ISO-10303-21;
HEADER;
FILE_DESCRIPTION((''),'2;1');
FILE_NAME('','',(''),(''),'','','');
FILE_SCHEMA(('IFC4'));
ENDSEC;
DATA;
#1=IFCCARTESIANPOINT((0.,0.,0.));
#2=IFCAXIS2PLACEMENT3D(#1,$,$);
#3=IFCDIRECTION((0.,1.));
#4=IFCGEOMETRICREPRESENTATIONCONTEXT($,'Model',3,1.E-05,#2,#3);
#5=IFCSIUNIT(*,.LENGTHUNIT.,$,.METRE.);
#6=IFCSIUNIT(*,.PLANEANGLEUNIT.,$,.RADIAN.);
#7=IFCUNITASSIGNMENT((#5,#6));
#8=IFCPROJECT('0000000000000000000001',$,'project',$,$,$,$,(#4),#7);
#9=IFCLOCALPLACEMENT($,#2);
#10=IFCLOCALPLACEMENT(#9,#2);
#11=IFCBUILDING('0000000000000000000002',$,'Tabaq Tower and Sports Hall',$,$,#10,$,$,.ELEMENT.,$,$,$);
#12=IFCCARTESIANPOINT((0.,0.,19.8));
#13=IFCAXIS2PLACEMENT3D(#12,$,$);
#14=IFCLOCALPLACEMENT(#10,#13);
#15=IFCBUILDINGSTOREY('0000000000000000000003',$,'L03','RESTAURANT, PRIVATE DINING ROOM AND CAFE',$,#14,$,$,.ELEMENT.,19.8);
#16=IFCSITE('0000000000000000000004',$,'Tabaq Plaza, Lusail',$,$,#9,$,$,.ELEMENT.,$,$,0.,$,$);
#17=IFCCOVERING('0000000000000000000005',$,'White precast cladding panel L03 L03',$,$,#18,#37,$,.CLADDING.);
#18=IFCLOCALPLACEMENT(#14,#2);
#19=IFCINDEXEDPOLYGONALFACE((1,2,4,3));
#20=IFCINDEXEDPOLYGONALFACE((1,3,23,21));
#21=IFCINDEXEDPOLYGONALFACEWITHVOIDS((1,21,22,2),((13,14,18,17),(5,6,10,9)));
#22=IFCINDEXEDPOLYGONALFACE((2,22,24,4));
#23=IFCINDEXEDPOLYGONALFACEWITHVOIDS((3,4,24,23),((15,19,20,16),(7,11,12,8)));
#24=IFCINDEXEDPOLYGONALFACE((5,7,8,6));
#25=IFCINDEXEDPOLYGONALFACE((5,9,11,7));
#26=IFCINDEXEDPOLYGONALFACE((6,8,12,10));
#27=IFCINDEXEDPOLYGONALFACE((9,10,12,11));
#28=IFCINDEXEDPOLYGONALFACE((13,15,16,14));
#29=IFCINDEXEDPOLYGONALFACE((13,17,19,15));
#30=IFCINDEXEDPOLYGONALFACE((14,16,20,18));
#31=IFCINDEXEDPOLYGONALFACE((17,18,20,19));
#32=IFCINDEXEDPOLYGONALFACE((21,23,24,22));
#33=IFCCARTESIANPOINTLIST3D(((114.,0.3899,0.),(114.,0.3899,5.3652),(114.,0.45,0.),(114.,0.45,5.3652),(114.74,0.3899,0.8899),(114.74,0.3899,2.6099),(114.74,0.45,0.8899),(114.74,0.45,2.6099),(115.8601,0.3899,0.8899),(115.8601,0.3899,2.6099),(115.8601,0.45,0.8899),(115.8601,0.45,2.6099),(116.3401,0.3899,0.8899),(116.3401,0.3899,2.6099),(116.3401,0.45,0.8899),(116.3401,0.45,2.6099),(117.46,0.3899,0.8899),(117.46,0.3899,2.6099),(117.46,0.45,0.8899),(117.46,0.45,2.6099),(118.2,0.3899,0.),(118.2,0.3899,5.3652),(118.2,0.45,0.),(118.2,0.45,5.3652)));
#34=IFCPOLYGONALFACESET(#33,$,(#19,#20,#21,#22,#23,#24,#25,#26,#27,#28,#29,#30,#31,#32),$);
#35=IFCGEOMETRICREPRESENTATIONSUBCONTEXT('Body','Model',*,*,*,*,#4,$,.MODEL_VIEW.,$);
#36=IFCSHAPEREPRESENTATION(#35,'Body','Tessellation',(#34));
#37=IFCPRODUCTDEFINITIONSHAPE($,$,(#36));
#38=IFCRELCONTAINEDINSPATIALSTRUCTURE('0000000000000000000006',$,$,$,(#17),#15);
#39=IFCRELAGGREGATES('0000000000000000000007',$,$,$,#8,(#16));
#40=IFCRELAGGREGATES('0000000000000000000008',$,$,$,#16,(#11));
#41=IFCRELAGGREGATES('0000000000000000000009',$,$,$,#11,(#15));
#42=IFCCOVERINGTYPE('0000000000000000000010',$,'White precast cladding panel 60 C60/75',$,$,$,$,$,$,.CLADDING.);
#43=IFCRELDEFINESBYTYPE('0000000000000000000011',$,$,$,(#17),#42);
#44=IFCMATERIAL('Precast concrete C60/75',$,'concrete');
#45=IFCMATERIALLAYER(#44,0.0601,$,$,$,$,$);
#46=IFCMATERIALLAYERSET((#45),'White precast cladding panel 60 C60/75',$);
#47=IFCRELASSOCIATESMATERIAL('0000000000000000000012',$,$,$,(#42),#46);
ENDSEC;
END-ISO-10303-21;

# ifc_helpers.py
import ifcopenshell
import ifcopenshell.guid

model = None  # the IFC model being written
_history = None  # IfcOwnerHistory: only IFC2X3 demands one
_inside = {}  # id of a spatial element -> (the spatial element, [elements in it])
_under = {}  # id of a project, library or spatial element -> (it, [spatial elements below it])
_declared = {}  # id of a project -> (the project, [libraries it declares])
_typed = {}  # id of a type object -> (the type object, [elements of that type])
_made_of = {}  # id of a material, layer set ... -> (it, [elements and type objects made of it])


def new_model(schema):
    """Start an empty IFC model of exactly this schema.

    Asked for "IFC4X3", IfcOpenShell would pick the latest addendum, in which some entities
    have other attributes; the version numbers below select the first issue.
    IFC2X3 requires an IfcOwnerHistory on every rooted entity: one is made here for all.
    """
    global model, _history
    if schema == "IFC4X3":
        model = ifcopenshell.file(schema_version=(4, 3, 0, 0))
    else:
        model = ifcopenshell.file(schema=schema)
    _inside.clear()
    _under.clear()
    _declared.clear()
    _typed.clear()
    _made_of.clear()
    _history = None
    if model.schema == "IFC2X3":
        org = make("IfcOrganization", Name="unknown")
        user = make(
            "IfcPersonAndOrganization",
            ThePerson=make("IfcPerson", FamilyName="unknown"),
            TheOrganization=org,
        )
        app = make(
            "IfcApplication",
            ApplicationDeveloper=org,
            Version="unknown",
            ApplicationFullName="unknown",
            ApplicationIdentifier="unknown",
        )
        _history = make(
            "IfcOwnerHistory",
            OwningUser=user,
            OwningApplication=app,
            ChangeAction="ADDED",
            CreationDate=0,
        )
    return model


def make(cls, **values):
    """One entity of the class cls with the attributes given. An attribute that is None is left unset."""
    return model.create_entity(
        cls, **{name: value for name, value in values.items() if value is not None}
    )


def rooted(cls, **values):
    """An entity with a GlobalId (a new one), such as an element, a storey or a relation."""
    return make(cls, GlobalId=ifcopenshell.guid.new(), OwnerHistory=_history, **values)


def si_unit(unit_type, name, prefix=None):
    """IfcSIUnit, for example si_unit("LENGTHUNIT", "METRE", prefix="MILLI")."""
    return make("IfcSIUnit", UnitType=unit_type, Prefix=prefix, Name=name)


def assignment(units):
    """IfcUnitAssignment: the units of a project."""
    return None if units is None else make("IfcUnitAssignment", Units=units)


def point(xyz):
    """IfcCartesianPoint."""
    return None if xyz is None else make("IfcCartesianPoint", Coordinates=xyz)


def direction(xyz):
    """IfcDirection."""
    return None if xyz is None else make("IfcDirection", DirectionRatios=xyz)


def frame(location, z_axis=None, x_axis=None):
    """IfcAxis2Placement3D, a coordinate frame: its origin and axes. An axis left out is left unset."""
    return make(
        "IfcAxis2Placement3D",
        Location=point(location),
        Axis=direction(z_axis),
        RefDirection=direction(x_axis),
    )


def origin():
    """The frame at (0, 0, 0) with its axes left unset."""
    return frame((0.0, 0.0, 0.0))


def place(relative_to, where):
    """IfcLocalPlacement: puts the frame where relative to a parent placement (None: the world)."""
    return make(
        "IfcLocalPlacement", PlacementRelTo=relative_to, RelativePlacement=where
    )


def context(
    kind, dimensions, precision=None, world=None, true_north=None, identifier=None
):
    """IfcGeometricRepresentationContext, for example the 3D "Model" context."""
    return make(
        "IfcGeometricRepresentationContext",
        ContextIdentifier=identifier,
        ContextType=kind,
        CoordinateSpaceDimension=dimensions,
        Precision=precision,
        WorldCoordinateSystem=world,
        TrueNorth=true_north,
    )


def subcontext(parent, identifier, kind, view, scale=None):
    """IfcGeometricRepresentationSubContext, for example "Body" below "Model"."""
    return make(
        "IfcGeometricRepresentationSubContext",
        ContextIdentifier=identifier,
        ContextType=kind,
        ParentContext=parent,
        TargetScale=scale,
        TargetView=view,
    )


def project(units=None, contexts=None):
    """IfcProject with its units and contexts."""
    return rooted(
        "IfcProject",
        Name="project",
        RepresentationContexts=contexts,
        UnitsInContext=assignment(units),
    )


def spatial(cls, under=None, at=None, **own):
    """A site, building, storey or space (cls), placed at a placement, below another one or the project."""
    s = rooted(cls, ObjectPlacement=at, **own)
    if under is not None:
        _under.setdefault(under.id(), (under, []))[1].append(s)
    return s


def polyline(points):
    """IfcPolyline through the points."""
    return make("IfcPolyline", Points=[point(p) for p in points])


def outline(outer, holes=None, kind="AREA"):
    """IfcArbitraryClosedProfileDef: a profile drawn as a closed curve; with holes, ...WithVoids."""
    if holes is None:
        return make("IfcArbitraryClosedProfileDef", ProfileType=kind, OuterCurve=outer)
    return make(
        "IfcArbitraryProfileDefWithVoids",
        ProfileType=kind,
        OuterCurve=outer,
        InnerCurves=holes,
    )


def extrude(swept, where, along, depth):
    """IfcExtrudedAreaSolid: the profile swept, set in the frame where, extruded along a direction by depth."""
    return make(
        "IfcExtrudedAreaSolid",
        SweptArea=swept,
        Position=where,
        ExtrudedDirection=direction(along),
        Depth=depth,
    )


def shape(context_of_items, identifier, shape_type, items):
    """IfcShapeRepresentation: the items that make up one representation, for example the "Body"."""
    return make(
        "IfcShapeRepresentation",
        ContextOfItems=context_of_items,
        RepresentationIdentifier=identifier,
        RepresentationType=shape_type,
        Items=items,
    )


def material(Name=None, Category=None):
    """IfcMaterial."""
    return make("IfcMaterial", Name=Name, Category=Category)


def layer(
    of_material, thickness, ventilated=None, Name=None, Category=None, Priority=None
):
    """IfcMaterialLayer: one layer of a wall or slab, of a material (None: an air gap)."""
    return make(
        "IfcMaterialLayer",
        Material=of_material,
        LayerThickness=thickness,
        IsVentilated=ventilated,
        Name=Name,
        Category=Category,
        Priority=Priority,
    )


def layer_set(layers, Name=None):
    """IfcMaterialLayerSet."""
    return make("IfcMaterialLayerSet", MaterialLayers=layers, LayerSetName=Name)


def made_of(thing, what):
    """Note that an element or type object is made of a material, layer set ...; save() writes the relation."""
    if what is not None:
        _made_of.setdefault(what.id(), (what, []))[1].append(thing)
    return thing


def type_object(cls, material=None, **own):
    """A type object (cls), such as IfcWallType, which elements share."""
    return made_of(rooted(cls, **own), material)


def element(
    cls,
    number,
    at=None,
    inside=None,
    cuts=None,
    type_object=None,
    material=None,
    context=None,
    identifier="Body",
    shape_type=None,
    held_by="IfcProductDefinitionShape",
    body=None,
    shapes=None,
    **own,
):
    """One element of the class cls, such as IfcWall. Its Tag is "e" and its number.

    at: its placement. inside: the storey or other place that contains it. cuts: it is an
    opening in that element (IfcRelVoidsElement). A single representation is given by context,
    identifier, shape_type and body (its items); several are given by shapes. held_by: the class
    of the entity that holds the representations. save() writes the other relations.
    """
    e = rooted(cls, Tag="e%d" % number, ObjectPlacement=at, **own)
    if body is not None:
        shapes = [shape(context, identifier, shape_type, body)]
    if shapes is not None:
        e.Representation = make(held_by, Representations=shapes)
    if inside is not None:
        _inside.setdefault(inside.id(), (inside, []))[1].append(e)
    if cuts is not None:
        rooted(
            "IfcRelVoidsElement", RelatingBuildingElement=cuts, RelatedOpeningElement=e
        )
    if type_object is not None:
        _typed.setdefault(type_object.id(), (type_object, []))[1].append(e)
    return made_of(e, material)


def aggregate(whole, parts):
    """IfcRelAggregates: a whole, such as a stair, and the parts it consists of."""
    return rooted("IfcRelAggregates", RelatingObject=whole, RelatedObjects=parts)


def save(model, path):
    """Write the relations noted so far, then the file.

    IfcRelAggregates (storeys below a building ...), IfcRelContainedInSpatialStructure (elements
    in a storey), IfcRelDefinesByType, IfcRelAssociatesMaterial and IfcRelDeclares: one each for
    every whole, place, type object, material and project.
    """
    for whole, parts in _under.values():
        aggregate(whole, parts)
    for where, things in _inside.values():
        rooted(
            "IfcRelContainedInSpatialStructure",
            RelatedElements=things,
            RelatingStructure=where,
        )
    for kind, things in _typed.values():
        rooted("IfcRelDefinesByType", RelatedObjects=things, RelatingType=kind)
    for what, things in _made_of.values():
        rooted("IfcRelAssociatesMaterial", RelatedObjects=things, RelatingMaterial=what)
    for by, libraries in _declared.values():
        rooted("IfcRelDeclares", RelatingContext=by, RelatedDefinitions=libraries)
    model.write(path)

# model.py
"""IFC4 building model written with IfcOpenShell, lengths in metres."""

from ifc_helpers import new_model, si_unit, direction, frame, origin, place, context, subcontext, project, spatial, polyline, outline, extrude, material, layer, layer_set, type_object, element, save


model = new_model("IFC4")

# Units and contexts
model_context = context("Model", 3, precision=1e-05, world=origin(), true_north=direction((0.0, 1.0)))
body_context = subcontext(model_context, "Body", "Model", "MODEL_VIEW")
ifc_project = project(units=[si_unit("LENGTHUNIT", "METRE"), si_unit("PLANEANGLEUNIT", "RADIAN")], contexts=[model_context])

# Site, building, storey
site_placement = place(None, origin())
site = spatial("IfcSite", under=ifc_project, at=site_placement, Name="Tabaq Plaza, Lusail", CompositionType="ELEMENT", RefElevation=0.0)
building_placement = place(site_placement, origin())
building = spatial("IfcBuilding", under=site, at=building_placement, Name="Tabaq Tower and Sports Hall", CompositionType="ELEMENT")
storey_placement = place(building_placement, frame((0.0, 0.0, 19.8)))
storey = spatial("IfcBuildingStorey", under=building, at=storey_placement, Name="L03", Description="RESTAURANT, PRIVATE DINING ROOM AND CAFE", CompositionType="ELEMENT", Elevation=19.8)

# Covering
ifc_material_1 = material(Name="Precast concrete C60/75", Category="concrete")
ifc_layer_1 = layer(ifc_material_1, 0.0601)
ifc_layer_set_1 = layer_set([ifc_layer_1], Name="White precast cladding panel 60 C60/75")
covering_type = type_object("IfcCoveringType", Name="White precast cladding panel 60 C60/75", PredefinedType="CLADDING", material=ifc_layer_set_1)
covering_placement = place(storey_placement, frame((114.0, 0.4199, 0.0), z_axis=(0.0, 0.0, 1.0), x_axis=(1.0, 0.0, 0.0)))
element("IfcCovering", 1, at=covering_placement, inside=storey, type_object=covering_type, Name="White precast cladding panel L03 L03", PredefinedType="CLADDING", context=body_context, shape_type="SweptSolid", body=[
    extrude(outline(polyline([(0.0, 0.0), (4.2, 0.0), (4.2, 5.3652), (0.0, 5.3652), (0.0, 0.0)]), holes=[polyline([(0.74, 2.6099), (1.8601, 2.6099), (1.8601, 0.8899), (0.74, 0.8899), (0.74, 2.6099)]), polyline([(2.3401, 2.6099), (3.46, 2.6099), (3.46, 0.8899), (2.3401, 0.8899), (2.3401, 2.6099)])]), frame((0.0, 0.03, 0.0), z_axis=(0.0, -1.0, 0.0), x_axis=(1.0, 0.0, 0.0)), (0.0, 0.0, 1.0), 0.0601),
])

save(model, "model.ifc")
